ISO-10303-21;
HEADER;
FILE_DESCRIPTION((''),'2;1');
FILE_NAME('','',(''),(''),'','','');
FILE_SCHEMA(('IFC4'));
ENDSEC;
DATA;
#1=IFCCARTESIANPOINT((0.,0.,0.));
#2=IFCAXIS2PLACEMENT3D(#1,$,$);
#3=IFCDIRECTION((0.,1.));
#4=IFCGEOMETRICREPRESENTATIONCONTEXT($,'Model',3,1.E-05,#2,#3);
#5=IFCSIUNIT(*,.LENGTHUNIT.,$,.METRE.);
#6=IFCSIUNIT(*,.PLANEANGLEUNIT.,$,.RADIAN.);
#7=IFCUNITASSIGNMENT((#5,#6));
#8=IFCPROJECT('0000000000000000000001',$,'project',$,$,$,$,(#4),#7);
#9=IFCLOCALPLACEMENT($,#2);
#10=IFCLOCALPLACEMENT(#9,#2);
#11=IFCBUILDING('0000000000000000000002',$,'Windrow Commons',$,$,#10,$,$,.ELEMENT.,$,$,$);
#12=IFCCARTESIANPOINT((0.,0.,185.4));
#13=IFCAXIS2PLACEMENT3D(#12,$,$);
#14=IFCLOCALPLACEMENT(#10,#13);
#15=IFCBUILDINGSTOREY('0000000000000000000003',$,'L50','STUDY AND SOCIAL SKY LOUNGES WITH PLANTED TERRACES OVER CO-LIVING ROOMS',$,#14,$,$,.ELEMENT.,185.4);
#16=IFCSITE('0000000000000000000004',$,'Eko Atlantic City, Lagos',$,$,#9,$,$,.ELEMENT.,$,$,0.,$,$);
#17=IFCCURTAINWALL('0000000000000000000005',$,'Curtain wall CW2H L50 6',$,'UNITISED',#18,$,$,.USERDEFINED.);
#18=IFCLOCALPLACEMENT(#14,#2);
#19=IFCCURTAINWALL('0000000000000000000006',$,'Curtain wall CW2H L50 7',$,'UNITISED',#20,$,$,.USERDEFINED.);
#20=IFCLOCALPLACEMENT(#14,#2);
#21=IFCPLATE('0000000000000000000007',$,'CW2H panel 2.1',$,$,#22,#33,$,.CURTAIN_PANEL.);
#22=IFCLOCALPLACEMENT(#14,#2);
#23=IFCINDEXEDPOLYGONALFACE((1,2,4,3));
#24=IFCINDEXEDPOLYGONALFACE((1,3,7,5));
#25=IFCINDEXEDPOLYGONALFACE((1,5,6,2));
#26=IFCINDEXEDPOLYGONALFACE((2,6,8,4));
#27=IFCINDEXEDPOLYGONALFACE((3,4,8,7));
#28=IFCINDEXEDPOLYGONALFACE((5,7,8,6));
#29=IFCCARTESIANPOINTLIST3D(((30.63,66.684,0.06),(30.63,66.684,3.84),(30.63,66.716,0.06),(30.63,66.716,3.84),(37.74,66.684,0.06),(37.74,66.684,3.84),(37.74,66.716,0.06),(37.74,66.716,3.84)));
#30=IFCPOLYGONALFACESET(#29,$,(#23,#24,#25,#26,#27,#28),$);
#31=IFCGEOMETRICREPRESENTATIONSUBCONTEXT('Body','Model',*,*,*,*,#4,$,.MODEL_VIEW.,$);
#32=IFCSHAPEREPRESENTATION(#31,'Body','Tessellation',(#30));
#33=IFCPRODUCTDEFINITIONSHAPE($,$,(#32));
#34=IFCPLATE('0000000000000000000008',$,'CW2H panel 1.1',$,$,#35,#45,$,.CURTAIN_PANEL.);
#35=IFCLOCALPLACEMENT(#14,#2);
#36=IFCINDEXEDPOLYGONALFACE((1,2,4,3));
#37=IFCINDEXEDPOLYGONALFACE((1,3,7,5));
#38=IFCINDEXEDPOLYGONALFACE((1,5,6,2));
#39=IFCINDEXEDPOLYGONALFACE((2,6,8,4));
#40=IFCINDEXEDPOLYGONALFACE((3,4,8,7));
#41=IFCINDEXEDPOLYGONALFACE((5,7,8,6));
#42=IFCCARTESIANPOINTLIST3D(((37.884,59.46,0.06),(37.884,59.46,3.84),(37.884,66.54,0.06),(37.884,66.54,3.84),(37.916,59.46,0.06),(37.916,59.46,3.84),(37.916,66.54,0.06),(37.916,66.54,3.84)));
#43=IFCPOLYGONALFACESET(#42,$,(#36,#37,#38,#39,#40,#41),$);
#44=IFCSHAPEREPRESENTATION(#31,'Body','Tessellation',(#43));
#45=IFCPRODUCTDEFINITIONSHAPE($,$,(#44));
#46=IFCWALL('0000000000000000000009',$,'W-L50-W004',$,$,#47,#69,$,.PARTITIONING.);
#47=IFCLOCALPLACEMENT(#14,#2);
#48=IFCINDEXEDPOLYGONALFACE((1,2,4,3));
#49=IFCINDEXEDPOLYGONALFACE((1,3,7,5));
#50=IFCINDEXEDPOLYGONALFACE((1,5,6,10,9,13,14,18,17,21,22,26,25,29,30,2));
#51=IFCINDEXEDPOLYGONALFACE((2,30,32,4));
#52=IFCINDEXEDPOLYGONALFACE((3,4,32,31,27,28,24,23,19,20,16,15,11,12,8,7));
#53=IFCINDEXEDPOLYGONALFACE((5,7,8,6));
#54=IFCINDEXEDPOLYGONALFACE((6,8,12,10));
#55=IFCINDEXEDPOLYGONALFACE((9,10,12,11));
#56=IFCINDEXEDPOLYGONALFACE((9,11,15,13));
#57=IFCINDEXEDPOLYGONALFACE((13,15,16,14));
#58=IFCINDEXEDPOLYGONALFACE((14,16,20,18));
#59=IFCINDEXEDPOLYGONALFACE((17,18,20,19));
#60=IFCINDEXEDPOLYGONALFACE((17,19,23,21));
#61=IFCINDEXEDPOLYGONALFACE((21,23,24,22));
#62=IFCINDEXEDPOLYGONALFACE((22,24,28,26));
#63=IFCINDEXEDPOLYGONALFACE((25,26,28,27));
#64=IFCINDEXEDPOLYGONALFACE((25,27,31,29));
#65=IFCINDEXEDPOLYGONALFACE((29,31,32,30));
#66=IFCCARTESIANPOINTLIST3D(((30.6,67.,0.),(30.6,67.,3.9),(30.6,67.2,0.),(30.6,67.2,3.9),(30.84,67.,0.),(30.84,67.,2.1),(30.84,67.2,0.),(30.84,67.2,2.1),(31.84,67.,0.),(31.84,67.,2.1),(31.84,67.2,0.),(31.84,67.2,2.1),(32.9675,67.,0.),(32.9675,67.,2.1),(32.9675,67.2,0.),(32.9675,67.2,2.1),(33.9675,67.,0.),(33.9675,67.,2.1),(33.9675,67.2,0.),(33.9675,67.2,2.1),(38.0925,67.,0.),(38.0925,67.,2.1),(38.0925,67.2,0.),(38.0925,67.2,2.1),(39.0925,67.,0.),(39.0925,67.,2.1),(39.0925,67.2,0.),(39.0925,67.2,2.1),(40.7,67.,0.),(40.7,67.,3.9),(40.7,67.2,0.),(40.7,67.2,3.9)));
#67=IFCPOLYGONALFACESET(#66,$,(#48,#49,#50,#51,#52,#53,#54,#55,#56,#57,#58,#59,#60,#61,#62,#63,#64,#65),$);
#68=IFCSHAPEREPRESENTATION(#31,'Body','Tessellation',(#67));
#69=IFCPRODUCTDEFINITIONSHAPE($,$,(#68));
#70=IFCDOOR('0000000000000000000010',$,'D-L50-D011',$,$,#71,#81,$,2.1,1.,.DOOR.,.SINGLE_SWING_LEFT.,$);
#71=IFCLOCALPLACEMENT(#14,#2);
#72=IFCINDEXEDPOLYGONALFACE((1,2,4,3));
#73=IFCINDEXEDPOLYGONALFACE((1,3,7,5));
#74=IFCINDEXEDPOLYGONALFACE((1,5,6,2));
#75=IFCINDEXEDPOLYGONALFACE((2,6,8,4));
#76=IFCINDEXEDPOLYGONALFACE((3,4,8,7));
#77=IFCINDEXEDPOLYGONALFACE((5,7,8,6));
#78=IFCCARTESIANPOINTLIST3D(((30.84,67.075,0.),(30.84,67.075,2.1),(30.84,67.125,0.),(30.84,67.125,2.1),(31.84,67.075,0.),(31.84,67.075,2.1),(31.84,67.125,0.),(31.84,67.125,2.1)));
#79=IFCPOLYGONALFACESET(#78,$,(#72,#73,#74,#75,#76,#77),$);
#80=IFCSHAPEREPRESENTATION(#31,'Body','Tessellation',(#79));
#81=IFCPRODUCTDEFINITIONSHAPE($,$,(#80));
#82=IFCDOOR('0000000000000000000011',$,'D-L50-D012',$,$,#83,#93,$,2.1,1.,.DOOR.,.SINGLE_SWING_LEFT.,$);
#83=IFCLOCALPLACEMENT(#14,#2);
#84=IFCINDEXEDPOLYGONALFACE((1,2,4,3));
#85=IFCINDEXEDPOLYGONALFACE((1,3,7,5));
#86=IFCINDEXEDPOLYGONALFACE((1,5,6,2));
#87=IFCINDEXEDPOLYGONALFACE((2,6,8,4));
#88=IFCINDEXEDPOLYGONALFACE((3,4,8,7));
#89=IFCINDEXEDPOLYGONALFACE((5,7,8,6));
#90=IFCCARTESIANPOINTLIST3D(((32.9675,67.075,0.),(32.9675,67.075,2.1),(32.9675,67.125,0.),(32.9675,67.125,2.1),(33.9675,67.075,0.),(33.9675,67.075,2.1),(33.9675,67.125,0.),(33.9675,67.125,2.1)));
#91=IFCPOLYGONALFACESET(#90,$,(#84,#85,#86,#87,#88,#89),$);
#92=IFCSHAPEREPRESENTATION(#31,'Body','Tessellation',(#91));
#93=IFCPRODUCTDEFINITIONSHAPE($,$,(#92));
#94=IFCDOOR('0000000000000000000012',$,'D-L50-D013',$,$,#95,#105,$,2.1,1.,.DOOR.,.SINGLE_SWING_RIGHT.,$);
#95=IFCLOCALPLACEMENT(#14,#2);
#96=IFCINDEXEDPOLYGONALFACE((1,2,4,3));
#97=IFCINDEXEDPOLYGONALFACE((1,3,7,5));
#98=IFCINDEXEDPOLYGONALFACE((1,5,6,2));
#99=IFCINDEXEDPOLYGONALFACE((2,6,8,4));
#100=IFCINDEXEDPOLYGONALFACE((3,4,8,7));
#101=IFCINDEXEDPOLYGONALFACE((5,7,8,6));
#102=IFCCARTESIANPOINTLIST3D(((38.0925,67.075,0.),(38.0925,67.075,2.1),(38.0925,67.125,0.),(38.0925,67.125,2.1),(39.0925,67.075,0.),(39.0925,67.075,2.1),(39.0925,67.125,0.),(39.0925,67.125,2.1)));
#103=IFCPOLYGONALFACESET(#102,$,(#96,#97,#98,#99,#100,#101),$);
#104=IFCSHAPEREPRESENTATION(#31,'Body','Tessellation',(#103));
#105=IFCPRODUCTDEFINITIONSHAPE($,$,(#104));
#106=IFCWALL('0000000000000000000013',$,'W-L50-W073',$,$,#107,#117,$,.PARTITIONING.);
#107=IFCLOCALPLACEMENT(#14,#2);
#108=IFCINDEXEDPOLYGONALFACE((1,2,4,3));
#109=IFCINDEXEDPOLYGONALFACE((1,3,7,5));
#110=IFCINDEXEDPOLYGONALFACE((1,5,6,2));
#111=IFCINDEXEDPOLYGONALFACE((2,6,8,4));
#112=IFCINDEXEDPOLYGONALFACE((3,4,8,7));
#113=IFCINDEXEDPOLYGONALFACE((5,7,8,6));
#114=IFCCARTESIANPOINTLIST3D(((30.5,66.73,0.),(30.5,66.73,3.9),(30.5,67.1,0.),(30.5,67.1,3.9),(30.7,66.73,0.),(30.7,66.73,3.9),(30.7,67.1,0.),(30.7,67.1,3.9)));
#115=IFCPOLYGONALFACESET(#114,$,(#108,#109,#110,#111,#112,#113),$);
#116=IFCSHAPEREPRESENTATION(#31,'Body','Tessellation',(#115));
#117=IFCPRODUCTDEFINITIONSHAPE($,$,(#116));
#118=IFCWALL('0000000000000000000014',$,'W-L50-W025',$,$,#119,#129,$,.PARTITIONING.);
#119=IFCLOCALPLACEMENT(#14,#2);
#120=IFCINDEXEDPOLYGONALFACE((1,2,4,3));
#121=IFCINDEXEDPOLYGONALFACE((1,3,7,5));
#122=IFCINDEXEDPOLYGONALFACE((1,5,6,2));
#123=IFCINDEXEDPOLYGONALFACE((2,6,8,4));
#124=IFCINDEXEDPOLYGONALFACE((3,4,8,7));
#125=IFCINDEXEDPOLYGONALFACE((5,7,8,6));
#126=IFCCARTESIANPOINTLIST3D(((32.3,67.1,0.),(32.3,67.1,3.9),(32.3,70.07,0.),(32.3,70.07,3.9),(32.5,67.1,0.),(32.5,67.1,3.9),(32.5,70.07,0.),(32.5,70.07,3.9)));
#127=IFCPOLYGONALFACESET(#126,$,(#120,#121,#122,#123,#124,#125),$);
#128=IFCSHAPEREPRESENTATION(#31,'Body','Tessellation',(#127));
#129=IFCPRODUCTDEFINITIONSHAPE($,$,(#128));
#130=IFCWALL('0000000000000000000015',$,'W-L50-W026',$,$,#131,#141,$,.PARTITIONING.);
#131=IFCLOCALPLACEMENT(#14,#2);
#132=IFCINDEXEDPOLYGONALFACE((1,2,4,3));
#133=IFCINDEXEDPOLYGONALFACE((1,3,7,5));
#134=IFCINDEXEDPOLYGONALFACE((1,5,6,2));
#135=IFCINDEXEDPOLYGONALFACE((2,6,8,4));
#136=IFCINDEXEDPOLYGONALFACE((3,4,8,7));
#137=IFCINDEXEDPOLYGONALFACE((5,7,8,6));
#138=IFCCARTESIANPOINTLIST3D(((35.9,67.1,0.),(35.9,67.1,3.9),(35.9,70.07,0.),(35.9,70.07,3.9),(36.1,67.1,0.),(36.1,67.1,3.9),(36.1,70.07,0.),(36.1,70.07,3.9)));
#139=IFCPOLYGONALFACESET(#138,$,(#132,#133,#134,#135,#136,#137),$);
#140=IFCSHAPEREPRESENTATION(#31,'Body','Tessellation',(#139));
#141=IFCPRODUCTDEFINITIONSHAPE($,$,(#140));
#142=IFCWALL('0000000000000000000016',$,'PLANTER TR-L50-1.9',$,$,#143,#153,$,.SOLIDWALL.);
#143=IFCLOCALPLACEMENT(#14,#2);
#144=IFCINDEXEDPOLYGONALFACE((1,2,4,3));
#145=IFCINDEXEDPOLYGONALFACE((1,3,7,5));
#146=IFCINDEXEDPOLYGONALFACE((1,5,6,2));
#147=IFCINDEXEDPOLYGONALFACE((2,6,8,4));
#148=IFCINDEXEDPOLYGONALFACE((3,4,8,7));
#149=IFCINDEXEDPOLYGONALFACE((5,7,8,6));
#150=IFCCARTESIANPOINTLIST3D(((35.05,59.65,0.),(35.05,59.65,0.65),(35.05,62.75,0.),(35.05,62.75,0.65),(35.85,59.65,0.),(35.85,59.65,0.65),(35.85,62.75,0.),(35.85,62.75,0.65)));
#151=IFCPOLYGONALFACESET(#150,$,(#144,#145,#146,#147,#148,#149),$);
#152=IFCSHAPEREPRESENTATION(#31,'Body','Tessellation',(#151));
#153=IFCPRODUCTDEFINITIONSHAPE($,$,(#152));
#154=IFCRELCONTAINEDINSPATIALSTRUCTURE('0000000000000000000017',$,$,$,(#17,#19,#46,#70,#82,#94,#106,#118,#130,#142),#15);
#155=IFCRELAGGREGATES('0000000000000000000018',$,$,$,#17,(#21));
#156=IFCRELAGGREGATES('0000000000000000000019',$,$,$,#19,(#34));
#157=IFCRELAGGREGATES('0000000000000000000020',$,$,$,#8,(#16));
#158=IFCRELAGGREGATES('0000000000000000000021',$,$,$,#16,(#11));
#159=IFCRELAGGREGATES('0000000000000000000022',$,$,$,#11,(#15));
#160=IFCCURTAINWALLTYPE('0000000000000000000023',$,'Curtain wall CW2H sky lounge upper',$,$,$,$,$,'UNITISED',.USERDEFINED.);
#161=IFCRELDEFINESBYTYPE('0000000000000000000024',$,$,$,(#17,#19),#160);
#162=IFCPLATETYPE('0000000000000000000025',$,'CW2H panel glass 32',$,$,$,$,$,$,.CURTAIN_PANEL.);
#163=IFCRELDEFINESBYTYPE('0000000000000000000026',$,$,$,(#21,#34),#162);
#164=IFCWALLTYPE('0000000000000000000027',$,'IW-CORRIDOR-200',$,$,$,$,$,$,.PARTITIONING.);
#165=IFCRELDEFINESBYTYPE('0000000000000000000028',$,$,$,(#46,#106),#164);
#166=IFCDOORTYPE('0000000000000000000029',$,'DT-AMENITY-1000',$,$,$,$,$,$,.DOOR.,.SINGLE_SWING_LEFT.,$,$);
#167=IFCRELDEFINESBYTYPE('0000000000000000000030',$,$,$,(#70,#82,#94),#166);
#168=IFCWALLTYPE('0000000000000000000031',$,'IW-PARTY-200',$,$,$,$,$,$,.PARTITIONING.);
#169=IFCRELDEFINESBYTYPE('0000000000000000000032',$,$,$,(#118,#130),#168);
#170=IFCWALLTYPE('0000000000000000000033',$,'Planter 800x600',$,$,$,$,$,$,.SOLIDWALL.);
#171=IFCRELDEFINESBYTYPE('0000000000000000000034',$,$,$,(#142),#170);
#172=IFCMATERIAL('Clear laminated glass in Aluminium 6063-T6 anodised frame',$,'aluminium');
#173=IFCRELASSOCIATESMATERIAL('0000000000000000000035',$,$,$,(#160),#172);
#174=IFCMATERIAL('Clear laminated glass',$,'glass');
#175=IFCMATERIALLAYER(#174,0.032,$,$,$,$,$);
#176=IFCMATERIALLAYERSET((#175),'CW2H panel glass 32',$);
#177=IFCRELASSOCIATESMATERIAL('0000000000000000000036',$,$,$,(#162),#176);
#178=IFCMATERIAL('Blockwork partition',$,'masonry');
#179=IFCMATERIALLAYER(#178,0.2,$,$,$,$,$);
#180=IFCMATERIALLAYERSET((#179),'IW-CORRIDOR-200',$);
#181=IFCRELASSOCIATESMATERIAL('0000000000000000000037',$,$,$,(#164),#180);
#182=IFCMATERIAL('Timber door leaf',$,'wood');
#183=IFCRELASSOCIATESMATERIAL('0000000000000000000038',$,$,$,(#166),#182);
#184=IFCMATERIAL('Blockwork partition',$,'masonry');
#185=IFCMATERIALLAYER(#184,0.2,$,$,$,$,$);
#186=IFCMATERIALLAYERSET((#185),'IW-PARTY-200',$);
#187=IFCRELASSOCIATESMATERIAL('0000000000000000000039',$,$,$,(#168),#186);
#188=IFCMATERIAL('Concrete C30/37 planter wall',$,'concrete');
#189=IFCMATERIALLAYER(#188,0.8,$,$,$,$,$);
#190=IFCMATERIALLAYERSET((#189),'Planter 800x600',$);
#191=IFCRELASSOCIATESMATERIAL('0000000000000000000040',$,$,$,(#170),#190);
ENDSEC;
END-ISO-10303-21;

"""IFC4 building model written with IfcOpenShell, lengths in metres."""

from ifc_helpers import new_model, si_unit, direction, frame, frame_2d, origin, origin_2d, place, context, subcontext, project, spatial, rectangle, extrude, material, layer, layer_set, type_object, element, fill, aggregate, save


model = new_model("IFC4")

# Units and contexts
model_context = context("Model", 3, precision=1e-05, world=origin(), true_north=direction((0.0, 1.0)))
body_context = subcontext(model_context, "Body", "Model", "MODEL_VIEW")
ifc_project = project(units=[si_unit("LENGTHUNIT", "METRE"), si_unit("PLANEANGLEUNIT", "RADIAN")], contexts=[model_context])

# Site, building, storey
site_placement = place(None, origin())
site = spatial("IfcSite", under=ifc_project, at=site_placement, Name="Eko Atlantic City, Lagos", CompositionType="ELEMENT", RefElevation=0.0)
building_placement = place(site_placement, origin())
building = spatial("IfcBuilding", under=site, at=building_placement, Name="Windrow Commons", CompositionType="ELEMENT")
storey_placement = place(building_placement, frame((0.0, 0.0, 185.4)))
storey = spatial("IfcBuildingStorey", under=building, at=storey_placement, Name="L50", Description="STUDY AND SOCIAL SKY LOUNGES WITH PLANTED TERRACES OVER CO-LIVING ROOMS", CompositionType="ELEMENT", Elevation=185.4)

# Shared definitions
ifc_material_1 = material(Name="Clear laminated glass in Aluminium 6063-T6 anodised frame", Category="aluminium")
curtain_wall_type = type_object("IfcCurtainWallType", Name="Curtain wall CW2H sky lounge upper", ElementType="UNITISED", PredefinedType="USERDEFINED", material=ifc_material_1)
placement = place(storey_placement, origin())

# Curtain wall
curtain_wall_1 = element("IfcCurtainWall", 1, at=placement, inside=storey, type_object=curtain_wall_type, Name="Curtain wall CW2H L50 6", ObjectType="UNITISED", PredefinedType="USERDEFINED")

# Curtain wall
curtain_wall_2 = element("IfcCurtainWall", 2, at=placement, inside=storey, type_object=curtain_wall_type, Name="Curtain wall CW2H L50 7", ObjectType="UNITISED", PredefinedType="USERDEFINED")

# Plates
ifc_material_2 = material(Name="Clear laminated glass", Category="glass")
ifc_layer_1 = layer(ifc_material_2, 0.032)
ifc_layer_set_1 = layer_set([ifc_layer_1], Name="CW2H panel glass 32")
plate_type = type_object("IfcPlateType", Name="CW2H panel glass 32", PredefinedType="CURTAIN_PANEL", material=ifc_layer_set_1)
plate_1_placement = place(storey_placement, frame((34.185, 66.7, 0.06), z_axis=(0.0, 0.0, 1.0), x_axis=(1.0, 0.0, 0.0)))
plate_1 = element("IfcPlate", 3, at=plate_1_placement, type_object=plate_type, Name="CW2H panel 2.1", PredefinedType="CURTAIN_PANEL", context=body_context, shape_type="SweptSolid", body=[
    extrude(rectangle(XDim=7.11, YDim=0.032, at=origin_2d()), origin(), (0.0, 0.0, 1.0), 3.78),
])
aggregate(curtain_wall_1, [plate_1])
plate_2_placement = place(storey_placement, frame((37.9, 63.0, 0.06), z_axis=(0.0, 0.0, 1.0), x_axis=(0.0, -1.0, 0.0)))
plate_2 = element("IfcPlate", 4, at=plate_2_placement, type_object=plate_type, Name="CW2H panel 1.1", PredefinedType="CURTAIN_PANEL", context=body_context, shape_type="SweptSolid", body=[
    extrude(rectangle(XDim=7.08, YDim=0.032, at=origin_2d()), origin(), (0.0, 0.0, 1.0), 3.78),
])
aggregate(curtain_wall_2, [plate_2])

# Wall, openings, doors
ifc_material_3 = material(Name="Blockwork partition", Category="masonry")
ifc_layer_2 = layer(ifc_material_3, 0.2)
ifc_layer_set_2 = layer_set([ifc_layer_2], Name="IW-CORRIDOR-200")
wall_type_1 = type_object("IfcWallType", Name="IW-CORRIDOR-200", PredefinedType="PARTITIONING", material=ifc_layer_set_2)
wall_1_placement = place(storey_placement, frame((30.6, 67.1, 0.0), z_axis=(0.0, 0.0, 1.0), x_axis=(1.0, 0.0, 0.0)))
wall_1 = element("IfcWall", 5, at=wall_1_placement, inside=storey, type_object=wall_type_1, Name="W-L50-W004", PredefinedType="PARTITIONING", context=body_context, shape_type="SweptSolid", body=[
    extrude(rectangle(XDim=10.1, YDim=0.2, at=frame_2d((5.05, 0.0))), origin(), (0.0, 0.0, 1.0), 3.9),
])
opening_1_placement = place(wall_1_placement, frame((0.24, 0.0, 0.0)))
opening_1 = element("IfcOpeningElement", 6, at=opening_1_placement, cuts=wall_1, PredefinedType="OPENING", context=body_context, shape_type="SweptSolid", body=[
    extrude(rectangle(XDim=1.0, YDim=2.1, at=frame_2d((0.5, 1.05))), frame((0.0, 0.11, 0.0), z_axis=(0.0, -1.0, 0.0), x_axis=(1.0, 0.0, 0.0)), (0.0, 0.0, 1.0), 0.22),
])
opening_2_placement = place(wall_1_placement, frame((2.3675, 0.0, 0.0)))
opening_2 = element("IfcOpeningElement", 7, at=opening_2_placement, cuts=wall_1, PredefinedType="OPENING", context=body_context, shape_type="SweptSolid", body=[
    extrude(rectangle(XDim=1.0, YDim=2.1, at=frame_2d((0.5, 1.05))), frame((0.0, 0.11, 0.0), z_axis=(0.0, -1.0, 0.0), x_axis=(1.0, 0.0, 0.0)), (0.0, 0.0, 1.0), 0.22),
])
opening_3_placement = place(wall_1_placement, frame((7.4925, 0.0, 0.0)))
opening_3 = element("IfcOpeningElement", 8, at=opening_3_placement, cuts=wall_1, PredefinedType="OPENING", context=body_context, shape_type="SweptSolid", body=[
    extrude(rectangle(XDim=1.0, YDim=2.1, at=frame_2d((0.5, 1.05))), frame((0.0, 0.11, 0.0), z_axis=(0.0, -1.0, 0.0), x_axis=(1.0, 0.0, 0.0)), (0.0, 0.0, 1.0), 0.22),
])
ifc_material_4 = material(Name="Timber door leaf", Category="wood")
door_type = type_object("IfcDoorType", Name="DT-AMENITY-1000", OperationType="SINGLE_SWING_LEFT", PredefinedType="DOOR", material=ifc_material_4)
door_1_placement = place(opening_1_placement, origin())
door_1 = element("IfcDoor", 9, at=door_1_placement, inside=storey, type_object=door_type, Name="D-L50-D011", OperationType="SINGLE_SWING_LEFT", OverallHeight=2.1, OverallWidth=1.0, PredefinedType="DOOR", context=body_context, shape_type="SweptSolid", body=[
    extrude(rectangle(XDim=1.0, YDim=2.1, at=frame_2d((0.5, 1.05))), frame((0.0, 0.025, 0.0), z_axis=(0.0, -1.0, 0.0), x_axis=(1.0, 0.0, 0.0)), (0.0, 0.0, 1.0), 0.05),
])
fill(opening_1, door_1)
door_2_placement = place(opening_2_placement, origin())
door_2 = element("IfcDoor", 10, at=door_2_placement, inside=storey, type_object=door_type, Name="D-L50-D012", OperationType="SINGLE_SWING_LEFT", OverallHeight=2.1, OverallWidth=1.0, PredefinedType="DOOR", context=body_context, shape_type="SweptSolid", body=[
    extrude(rectangle(XDim=1.0, YDim=2.1, at=frame_2d((0.5, 1.05))), frame((0.0, 0.025, 0.0), z_axis=(0.0, -1.0, 0.0), x_axis=(1.0, 0.0, 0.0)), (0.0, 0.0, 1.0), 0.05),
])
fill(opening_2, door_2)
door_3_placement = place(opening_3_placement, origin())
door_3 = element("IfcDoor", 11, at=door_3_placement, inside=storey, type_object=door_type, Name="D-L50-D013", OperationType="SINGLE_SWING_RIGHT", OverallHeight=2.1, OverallWidth=1.0, PredefinedType="DOOR", context=body_context, shape_type="SweptSolid", body=[
    extrude(rectangle(XDim=1.0, YDim=2.1, at=frame_2d((0.5, 1.05))), frame((0.0, 0.025, 0.0), z_axis=(0.0, -1.0, 0.0), x_axis=(1.0, 0.0, 0.0)), (0.0, 0.0, 1.0), 0.05),
])
fill(opening_3, door_3)

# Walls
wall_2_placement = place(storey_placement, frame((30.6, 66.73, 0.0), z_axis=(0.0, 0.0, 1.0), x_axis=(0.0, 1.0, 0.0)))
element("IfcWall", 12, at=wall_2_placement, inside=storey, type_object=wall_type_1, Name="W-L50-W073", PredefinedType="PARTITIONING", context=body_context, shape_type="SweptSolid", body=[
    extrude(rectangle(XDim=0.37, YDim=0.2, at=frame_2d((0.185, 0.0))), origin(), (0.0, 0.0, 1.0), 3.9),
])
ifc_material_5 = material(Name="Blockwork partition", Category="masonry")
ifc_layer_3 = layer(ifc_material_5, 0.2)
ifc_layer_set_3 = layer_set([ifc_layer_3], Name="IW-PARTY-200")
wall_type_2 = type_object("IfcWallType", Name="IW-PARTY-200", PredefinedType="PARTITIONING", material=ifc_layer_set_3)
for number, where, z_axis, x_axis, name in (
    (13, (32.4, 67.1, 0.0), (0.0, 0.0, 1.0), (0.0, 1.0, 0.0), "W-L50-W025"),
    (14, (36.0, 67.1, 0.0), (0.0, 0.0, 1.0), (0.0, 1.0, 0.0), "W-L50-W026"),
):
    element("IfcWall", number, at=place(storey_placement, frame(where, z_axis=z_axis, x_axis=x_axis)), inside=storey, type_object=wall_type_2, Name=name, PredefinedType="PARTITIONING", context=body_context, shape_type="SweptSolid", body=[
        extrude(rectangle(XDim=2.97, YDim=0.2, at=frame_2d((1.485, 0.0))), origin(), (0.0, 0.0, 1.0), 3.9),
    ])
ifc_material_6 = material(Name="Concrete C30/37 planter wall", Category="concrete")
ifc_layer_4 = layer(ifc_material_6, 0.8)
ifc_layer_set_4 = layer_set([ifc_layer_4], Name="Planter 800x600")
wall_type_3 = type_object("IfcWallType", Name="Planter 800x600", PredefinedType="SOLIDWALL", material=ifc_layer_set_4)
wall_3_placement = place(storey_placement, frame((35.45, 62.75, 0.0), z_axis=(0.0, 0.0, 1.0), x_axis=(0.0, -1.0, 0.0)))
element("IfcWall", 15, at=wall_3_placement, inside=storey, type_object=wall_type_3, Name="PLANTER TR-L50-1.9", PredefinedType="SOLIDWALL", context=body_context, shape_type="SweptSolid", body=[
    extrude(rectangle(XDim=3.1, YDim=0.8, at=frame_2d((1.55, 0.0))), origin(), (0.0, 0.0, 1.0), 0.65),
])

save(model, "model.ifc")
